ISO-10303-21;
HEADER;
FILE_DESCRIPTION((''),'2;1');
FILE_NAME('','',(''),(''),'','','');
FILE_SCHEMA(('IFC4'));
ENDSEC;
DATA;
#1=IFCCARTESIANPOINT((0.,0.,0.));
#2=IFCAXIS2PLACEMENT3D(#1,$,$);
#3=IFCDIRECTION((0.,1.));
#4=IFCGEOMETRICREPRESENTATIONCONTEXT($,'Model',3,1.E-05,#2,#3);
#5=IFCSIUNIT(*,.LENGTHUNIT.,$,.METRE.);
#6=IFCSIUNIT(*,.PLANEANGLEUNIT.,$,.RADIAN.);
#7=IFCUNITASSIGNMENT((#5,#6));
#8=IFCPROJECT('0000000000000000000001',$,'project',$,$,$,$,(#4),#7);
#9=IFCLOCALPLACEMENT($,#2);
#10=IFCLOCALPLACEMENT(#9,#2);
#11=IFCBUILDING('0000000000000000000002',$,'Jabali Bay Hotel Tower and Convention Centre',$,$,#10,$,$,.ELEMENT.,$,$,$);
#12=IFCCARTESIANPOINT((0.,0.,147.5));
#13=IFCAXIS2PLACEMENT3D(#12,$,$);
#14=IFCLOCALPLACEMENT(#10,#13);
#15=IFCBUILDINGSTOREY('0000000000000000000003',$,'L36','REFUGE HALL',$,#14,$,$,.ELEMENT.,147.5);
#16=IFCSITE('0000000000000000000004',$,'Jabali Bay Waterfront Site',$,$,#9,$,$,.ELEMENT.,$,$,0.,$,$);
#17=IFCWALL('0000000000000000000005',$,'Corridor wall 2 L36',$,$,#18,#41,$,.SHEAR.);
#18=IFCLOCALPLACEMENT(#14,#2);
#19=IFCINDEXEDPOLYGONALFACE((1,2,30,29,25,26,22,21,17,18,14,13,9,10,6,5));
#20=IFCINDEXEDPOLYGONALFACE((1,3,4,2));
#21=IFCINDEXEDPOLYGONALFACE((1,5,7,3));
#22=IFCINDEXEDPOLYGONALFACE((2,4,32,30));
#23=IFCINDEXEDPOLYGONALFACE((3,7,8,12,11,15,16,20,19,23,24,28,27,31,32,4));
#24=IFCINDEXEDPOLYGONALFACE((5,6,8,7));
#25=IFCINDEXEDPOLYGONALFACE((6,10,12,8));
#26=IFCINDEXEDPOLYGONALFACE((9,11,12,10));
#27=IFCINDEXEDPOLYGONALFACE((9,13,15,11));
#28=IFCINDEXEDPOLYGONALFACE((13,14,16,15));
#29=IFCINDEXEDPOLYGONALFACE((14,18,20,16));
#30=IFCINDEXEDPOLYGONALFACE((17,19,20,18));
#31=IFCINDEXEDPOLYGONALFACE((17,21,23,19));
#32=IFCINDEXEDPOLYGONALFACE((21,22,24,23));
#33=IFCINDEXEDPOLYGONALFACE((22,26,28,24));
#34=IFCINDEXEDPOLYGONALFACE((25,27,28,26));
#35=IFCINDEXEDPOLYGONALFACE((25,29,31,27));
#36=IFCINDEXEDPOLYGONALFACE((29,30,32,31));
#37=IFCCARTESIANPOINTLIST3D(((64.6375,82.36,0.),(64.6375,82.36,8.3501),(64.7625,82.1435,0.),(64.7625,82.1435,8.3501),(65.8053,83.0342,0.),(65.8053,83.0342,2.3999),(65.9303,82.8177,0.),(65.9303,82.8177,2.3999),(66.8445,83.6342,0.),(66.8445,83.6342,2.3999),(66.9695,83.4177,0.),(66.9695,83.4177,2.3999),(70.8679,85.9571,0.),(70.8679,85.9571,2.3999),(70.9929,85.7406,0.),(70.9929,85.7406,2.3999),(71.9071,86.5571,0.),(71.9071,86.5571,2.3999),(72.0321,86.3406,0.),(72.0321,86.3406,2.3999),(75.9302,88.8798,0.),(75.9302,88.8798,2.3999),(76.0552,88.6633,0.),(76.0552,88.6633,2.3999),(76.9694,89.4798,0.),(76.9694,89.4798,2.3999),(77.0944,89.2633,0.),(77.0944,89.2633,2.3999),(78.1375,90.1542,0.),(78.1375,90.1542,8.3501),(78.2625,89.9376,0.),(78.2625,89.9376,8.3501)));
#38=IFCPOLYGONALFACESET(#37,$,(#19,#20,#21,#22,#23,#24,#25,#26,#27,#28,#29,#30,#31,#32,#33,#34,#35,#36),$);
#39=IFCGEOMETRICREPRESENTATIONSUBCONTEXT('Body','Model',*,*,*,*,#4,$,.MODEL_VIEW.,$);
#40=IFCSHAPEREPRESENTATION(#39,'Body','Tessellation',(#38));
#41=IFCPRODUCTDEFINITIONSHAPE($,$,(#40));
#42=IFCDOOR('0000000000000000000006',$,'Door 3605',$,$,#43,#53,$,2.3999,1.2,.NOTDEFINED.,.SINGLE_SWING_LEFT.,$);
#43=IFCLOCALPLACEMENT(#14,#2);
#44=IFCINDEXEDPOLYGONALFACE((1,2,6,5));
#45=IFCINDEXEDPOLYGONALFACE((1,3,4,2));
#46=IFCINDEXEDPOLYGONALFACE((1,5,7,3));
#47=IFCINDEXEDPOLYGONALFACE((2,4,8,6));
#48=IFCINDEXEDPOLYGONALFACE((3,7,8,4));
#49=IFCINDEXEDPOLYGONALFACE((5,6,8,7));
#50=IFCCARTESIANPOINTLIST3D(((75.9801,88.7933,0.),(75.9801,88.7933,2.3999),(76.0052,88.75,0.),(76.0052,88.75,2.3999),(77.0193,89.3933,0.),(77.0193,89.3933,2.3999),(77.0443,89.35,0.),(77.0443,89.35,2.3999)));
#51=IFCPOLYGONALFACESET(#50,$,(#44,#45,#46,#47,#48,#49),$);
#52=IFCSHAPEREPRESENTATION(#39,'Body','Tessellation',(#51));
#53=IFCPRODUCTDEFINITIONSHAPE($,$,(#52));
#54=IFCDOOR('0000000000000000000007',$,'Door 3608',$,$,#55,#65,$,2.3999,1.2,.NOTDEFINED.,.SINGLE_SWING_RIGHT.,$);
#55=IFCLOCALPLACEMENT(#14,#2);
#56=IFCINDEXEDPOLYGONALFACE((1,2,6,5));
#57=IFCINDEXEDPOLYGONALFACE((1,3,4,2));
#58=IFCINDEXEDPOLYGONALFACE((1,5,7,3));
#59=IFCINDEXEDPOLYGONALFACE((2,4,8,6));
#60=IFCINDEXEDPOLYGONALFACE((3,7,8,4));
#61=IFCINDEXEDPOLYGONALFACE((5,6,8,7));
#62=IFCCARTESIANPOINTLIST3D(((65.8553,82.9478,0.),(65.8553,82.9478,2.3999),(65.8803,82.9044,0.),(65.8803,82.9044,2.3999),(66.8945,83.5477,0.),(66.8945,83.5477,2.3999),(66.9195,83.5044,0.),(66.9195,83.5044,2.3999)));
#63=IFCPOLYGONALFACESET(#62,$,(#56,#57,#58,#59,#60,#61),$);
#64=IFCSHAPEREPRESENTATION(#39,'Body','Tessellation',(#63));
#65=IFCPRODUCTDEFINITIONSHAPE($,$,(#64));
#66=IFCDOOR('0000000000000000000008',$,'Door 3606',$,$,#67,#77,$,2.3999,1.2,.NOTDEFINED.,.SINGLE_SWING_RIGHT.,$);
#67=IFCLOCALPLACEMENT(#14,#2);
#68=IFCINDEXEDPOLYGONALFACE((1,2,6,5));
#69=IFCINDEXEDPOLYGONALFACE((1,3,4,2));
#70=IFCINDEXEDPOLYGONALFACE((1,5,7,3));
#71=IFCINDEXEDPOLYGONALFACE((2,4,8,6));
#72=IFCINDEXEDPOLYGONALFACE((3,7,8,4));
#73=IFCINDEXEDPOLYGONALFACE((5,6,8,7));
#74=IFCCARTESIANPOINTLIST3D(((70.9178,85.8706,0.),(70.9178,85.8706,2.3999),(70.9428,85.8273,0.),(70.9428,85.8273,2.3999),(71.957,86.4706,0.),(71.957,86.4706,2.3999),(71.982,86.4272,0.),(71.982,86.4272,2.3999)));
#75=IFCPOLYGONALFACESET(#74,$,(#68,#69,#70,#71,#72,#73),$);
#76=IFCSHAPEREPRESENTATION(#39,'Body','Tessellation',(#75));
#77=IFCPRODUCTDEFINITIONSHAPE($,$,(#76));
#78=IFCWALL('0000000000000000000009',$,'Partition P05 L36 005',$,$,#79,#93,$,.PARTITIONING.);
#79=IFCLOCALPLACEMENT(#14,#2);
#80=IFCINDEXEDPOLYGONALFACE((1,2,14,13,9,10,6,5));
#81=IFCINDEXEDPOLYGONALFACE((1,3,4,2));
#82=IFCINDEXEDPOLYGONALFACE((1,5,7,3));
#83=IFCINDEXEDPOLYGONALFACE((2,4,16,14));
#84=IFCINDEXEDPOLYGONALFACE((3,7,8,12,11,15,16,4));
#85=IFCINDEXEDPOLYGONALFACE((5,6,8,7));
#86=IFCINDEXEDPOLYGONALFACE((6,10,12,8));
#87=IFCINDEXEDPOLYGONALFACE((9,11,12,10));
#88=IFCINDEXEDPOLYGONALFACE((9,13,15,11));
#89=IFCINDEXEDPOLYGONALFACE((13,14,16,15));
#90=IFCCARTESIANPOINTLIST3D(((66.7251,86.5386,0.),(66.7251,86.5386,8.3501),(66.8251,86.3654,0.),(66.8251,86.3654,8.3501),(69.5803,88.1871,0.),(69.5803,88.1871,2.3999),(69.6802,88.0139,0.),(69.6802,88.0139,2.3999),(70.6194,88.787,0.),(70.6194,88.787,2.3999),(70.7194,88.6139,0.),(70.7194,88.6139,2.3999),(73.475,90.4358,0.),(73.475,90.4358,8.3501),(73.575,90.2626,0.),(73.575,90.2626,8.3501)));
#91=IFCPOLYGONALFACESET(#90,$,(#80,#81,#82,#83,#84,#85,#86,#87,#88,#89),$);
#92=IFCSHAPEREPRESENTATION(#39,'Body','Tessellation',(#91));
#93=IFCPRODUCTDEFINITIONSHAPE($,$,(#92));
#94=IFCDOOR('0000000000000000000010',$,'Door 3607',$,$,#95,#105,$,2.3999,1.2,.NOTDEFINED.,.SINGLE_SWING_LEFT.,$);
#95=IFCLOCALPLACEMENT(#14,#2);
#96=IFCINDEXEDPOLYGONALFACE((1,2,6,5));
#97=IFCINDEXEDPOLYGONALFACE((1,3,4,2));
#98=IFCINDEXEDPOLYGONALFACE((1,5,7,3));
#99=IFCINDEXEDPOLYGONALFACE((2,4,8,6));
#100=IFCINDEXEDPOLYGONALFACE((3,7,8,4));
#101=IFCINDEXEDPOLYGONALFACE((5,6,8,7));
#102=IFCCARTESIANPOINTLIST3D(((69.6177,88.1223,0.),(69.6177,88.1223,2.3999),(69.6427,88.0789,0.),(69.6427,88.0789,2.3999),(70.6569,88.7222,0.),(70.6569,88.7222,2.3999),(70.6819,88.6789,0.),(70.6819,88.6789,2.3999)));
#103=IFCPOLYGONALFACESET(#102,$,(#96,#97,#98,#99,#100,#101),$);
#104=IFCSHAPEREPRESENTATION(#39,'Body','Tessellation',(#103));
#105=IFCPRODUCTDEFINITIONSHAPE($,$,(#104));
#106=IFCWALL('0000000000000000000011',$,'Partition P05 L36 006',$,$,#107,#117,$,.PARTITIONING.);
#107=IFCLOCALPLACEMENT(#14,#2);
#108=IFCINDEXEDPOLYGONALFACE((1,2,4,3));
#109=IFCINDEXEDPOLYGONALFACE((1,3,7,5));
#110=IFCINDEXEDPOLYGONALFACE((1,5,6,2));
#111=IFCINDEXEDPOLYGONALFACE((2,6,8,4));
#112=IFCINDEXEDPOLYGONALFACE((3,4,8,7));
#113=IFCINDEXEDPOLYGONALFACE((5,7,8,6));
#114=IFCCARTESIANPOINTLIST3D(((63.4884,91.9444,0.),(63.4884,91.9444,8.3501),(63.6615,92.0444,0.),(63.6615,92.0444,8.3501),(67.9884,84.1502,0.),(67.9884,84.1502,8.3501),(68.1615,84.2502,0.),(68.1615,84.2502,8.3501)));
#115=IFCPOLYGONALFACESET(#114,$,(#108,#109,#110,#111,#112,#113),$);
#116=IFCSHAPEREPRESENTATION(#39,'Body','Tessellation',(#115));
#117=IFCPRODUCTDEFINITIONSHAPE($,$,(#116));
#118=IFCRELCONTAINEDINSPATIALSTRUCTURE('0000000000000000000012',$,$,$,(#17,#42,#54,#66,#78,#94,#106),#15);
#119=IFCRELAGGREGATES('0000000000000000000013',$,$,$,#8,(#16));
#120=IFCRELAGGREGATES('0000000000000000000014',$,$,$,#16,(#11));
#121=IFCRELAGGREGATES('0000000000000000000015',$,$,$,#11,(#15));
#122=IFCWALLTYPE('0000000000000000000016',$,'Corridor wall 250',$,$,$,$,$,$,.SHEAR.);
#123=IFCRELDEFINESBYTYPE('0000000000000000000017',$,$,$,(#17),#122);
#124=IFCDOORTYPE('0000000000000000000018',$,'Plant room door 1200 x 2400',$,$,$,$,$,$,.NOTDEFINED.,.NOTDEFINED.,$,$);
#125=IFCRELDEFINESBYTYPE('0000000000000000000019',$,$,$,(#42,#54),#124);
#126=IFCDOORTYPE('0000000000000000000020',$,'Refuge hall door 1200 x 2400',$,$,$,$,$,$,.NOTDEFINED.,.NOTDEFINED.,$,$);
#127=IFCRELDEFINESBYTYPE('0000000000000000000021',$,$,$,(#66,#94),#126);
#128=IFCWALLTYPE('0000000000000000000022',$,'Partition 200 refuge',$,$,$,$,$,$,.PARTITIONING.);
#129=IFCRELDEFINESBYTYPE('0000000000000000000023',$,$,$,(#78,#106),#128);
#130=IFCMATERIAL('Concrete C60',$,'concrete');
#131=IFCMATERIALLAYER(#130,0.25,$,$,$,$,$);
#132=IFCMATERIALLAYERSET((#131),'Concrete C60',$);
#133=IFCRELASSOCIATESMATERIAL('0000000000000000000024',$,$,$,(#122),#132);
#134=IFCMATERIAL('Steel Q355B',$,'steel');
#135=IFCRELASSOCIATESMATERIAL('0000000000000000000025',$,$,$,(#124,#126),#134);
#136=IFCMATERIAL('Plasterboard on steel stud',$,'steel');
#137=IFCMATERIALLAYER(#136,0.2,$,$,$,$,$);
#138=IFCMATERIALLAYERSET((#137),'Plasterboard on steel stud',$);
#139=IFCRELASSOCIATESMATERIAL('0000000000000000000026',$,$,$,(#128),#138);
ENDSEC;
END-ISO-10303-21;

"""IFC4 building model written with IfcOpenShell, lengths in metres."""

from ifc_helpers import new_model, si_unit, direction, frame, frame_2d, origin, place, context, subcontext, project, spatial, rectangle, extrude, material, layer, layer_set, type_object, element, fill, save


model = new_model("IFC4")

# Units and contexts
model_context = context("Model", 3, precision=1e-05, world=origin(), true_north=direction((0.0, 1.0)))
body_context = subcontext(model_context, "Body", "Model", "MODEL_VIEW")
ifc_project = project(units=[si_unit("LENGTHUNIT", "METRE"), si_unit("PLANEANGLEUNIT", "RADIAN")], contexts=[model_context])

# Site, building, storey
site_placement = place(None, origin())
site = spatial("IfcSite", under=ifc_project, at=site_placement, Name="Jabali Bay Waterfront Site", CompositionType="ELEMENT", RefElevation=0.0)
building_placement = place(site_placement, origin())
building = spatial("IfcBuilding", under=site, at=building_placement, Name="Jabali Bay Hotel Tower and Convention Centre", CompositionType="ELEMENT")
storey_placement = place(building_placement, frame((0.0, 0.0, 147.5)))
storey = spatial("IfcBuildingStorey", under=building, at=storey_placement, Name="L36", Description="REFUGE HALL", CompositionType="ELEMENT", Elevation=147.5)

# Shared definitions
ifc_material_1 = material(Name="Concrete C60", Category="concrete")

# Wall, openings, doors
ifc_layer_1 = layer(ifc_material_1, 0.25)
ifc_layer_set_1 = layer_set([ifc_layer_1], Name="Concrete C60")
wall_type_1 = type_object("IfcWallType", Name="Corridor wall 250", PredefinedType="SHEAR", material=ifc_layer_set_1)
wall_1_placement = place(storey_placement, frame((78.2, 90.0459, 0.0), z_axis=(0.0, 0.0, 1.0), x_axis=(-0.866026, -0.499998, 0.0)))
wall_1 = element("IfcWall", 1, at=wall_1_placement, inside=storey, type_object=wall_type_1, Name="Corridor wall 2 L36", PredefinedType="SHEAR", context=body_context, shape_type="SweptSolid", body=[
    extrude(rectangle(XDim=15.5884, YDim=0.25, at=frame_2d((7.7942, 0.0))), origin(), (0.0, 0.0, 1.0), 8.3501),
])
opening_1_placement = place(wall_1_placement, frame((1.3486, 0.0, 0.0)))
opening_1 = element("IfcOpeningElement", 2, at=opening_1_placement, cuts=wall_1, PredefinedType="OPENING", context=body_context, shape_type="SweptSolid", body=[
    extrude(rectangle(XDim=1.2, YDim=2.3999, at=frame_2d((0.6001, 1.2))), frame((0.0, 0.1355, 0.0), z_axis=(0.0, -1.0, 0.0), x_axis=(1.0, 0.0, 0.0)), (0.0, 0.0, 1.0), 0.271),
])
opening_2_placement = place(wall_1_placement, frame((7.1941, 0.0, 0.0)))
opening_2 = element("IfcOpeningElement", 3, at=opening_2_placement, cuts=wall_1, PredefinedType="OPENING", context=body_context, shape_type="SweptSolid", body=[
    extrude(rectangle(XDim=1.2, YDim=2.3999, at=frame_2d((0.6001, 1.2))), frame((0.0, 0.1355, 0.0), z_axis=(0.0, -1.0, 0.0), x_axis=(1.0, 0.0, 0.0)), (0.0, 0.0, 1.0), 0.271),
])
opening_3_placement = place(wall_1_placement, frame((13.0398, 0.0, 0.0)))
opening_3 = element("IfcOpeningElement", 4, at=opening_3_placement, cuts=wall_1, PredefinedType="OPENING", context=body_context, shape_type="SweptSolid", body=[
    extrude(rectangle(XDim=1.2, YDim=2.3999, at=frame_2d((0.6001, 1.2))), frame((0.0, 0.1355, 0.0), z_axis=(0.0, -1.0, 0.0), x_axis=(1.0, 0.0, 0.0)), (0.0, 0.0, 1.0), 0.271),
])
ifc_material_2 = material(Name="Steel Q355B", Category="steel")
door_type_1 = type_object("IfcDoorType", Name="Plant room door 1200 x 2400", OperationType="NOTDEFINED", PredefinedType="NOTDEFINED", material=ifc_material_2)
door_1_placement = place(opening_1_placement, origin())
door_1 = element("IfcDoor", 5, at=door_1_placement, inside=storey, type_object=door_type_1, Name="Door 3605", OperationType="SINGLE_SWING_LEFT", OverallHeight=2.3999, OverallWidth=1.2, PredefinedType="NOTDEFINED", context=body_context, shape_type="SweptSolid", body=[
    extrude(rectangle(XDim=1.2, YDim=2.3999, at=frame_2d((0.6001, 1.2))), frame((0.0, 0.0249, 0.0), z_axis=(0.0, -1.0, 0.0), x_axis=(1.0, 0.0, 0.0)), (0.0, 0.0, 1.0), 0.05),
])
fill(opening_1, door_1)
door_2_placement = place(opening_3_placement, origin())
door_2 = element("IfcDoor", 6, at=door_2_placement, inside=storey, type_object=door_type_1, Name="Door 3608", OperationType="SINGLE_SWING_RIGHT", OverallHeight=2.3999, OverallWidth=1.2, PredefinedType="NOTDEFINED", context=body_context, shape_type="SweptSolid", body=[
    extrude(rectangle(XDim=1.2, YDim=2.3999, at=frame_2d((0.6001, 1.2))), frame((0.0, 0.0249, 0.0), z_axis=(0.0, -1.0, 0.0), x_axis=(1.0, 0.0, 0.0)), (0.0, 0.0, 1.0), 0.05),
])
fill(opening_3, door_2)
door_type_2 = type_object("IfcDoorType", Name="Refuge hall door 1200 x 2400", OperationType="NOTDEFINED", PredefinedType="NOTDEFINED", material=ifc_material_2)
door_3_placement = place(opening_2_placement, origin())
door_3 = element("IfcDoor", 7, at=door_3_placement, inside=storey, type_object=door_type_2, Name="Door 3606", OperationType="SINGLE_SWING_RIGHT", OverallHeight=2.3999, OverallWidth=1.2, PredefinedType="NOTDEFINED", context=body_context, shape_type="SweptSolid", body=[
    extrude(rectangle(XDim=1.2, YDim=2.3999, at=frame_2d((0.6001, 1.2))), frame((0.0, 0.0249, 0.0), z_axis=(0.0, -1.0, 0.0), x_axis=(1.0, 0.0, 0.0)), (0.0, 0.0, 1.0), 0.05),
])
fill(opening_2, door_3)

# Wall, opening, door
ifc_material_3 = material(Name="Plasterboard on steel stud", Category="steel")
ifc_layer_2 = layer(ifc_material_3, 0.2)
ifc_layer_set_2 = layer_set([ifc_layer_2], Name="Plasterboard on steel stud")
wall_type_2 = type_object("IfcWallType", Name="Partition 200 refuge", PredefinedType="PARTITIONING", material=ifc_layer_set_2)
wall_2_placement = place(storey_placement, frame((73.5249, 90.3491, 0.0), z_axis=(0.0, 0.0, 1.0), x_axis=(-0.86602, -0.50001, 0.0)))
wall_2 = element("IfcWall", 8, at=wall_2_placement, inside=storey, type_object=wall_type_2, Name="Partition P05 L36 005", PredefinedType="PARTITIONING", context=body_context, shape_type="SweptSolid", body=[
    extrude(rectangle(XDim=7.7942, YDim=0.2, at=frame_2d((3.897, 0.0))), origin(), (0.0, 0.0, 1.0), 8.3501),
])
opening_4_placement = place(wall_2_placement, frame((3.2971, 0.0, 0.0)))
opening_4 = element("IfcOpeningElement", 9, at=opening_4_placement, cuts=wall_2, PredefinedType="OPENING", context=body_context, shape_type="SweptSolid", body=[
    extrude(rectangle(XDim=1.2, YDim=2.3999, at=frame_2d((0.6001, 1.2))), frame((0.0, 0.1104, 0.0), z_axis=(0.0, -1.0, 0.0), x_axis=(1.0, 0.0, 0.0)), (0.0, 0.0, 1.0), 0.2209),
])
door_4_placement = place(opening_4_placement, origin())
door_4 = element("IfcDoor", 10, at=door_4_placement, inside=storey, type_object=door_type_2, Name="Door 3607", OperationType="SINGLE_SWING_LEFT", OverallHeight=2.3999, OverallWidth=1.2, PredefinedType="NOTDEFINED", context=body_context, shape_type="SweptSolid", body=[
    extrude(rectangle(XDim=1.2, YDim=2.3999, at=frame_2d((0.6001, 1.2))), frame((0.0, 0.0249, 0.0), z_axis=(0.0, -1.0, 0.0), x_axis=(1.0, 0.0, 0.0)), (0.0, 0.0, 1.0), 0.05),
])
fill(opening_4, door_4)

# Wall
wall_3_placement = place(storey_placement, frame((63.575, 91.9944, 0.0), z_axis=(0.0, 0.0, 1.0), x_axis=(0.500002, -0.866024, 0.0)))
element("IfcWall", 11, at=wall_3_placement, inside=storey, type_object=wall_type_2, Name="Partition P05 L36 006", PredefinedType="PARTITIONING", context=body_context, shape_type="SweptSolid", body=[
    extrude(rectangle(XDim=9.0, YDim=0.2, at=frame_2d((4.5, 0.0))), origin(), (0.0, 0.0, 1.0), 8.3501),
])

save(model, "model.ifc")
